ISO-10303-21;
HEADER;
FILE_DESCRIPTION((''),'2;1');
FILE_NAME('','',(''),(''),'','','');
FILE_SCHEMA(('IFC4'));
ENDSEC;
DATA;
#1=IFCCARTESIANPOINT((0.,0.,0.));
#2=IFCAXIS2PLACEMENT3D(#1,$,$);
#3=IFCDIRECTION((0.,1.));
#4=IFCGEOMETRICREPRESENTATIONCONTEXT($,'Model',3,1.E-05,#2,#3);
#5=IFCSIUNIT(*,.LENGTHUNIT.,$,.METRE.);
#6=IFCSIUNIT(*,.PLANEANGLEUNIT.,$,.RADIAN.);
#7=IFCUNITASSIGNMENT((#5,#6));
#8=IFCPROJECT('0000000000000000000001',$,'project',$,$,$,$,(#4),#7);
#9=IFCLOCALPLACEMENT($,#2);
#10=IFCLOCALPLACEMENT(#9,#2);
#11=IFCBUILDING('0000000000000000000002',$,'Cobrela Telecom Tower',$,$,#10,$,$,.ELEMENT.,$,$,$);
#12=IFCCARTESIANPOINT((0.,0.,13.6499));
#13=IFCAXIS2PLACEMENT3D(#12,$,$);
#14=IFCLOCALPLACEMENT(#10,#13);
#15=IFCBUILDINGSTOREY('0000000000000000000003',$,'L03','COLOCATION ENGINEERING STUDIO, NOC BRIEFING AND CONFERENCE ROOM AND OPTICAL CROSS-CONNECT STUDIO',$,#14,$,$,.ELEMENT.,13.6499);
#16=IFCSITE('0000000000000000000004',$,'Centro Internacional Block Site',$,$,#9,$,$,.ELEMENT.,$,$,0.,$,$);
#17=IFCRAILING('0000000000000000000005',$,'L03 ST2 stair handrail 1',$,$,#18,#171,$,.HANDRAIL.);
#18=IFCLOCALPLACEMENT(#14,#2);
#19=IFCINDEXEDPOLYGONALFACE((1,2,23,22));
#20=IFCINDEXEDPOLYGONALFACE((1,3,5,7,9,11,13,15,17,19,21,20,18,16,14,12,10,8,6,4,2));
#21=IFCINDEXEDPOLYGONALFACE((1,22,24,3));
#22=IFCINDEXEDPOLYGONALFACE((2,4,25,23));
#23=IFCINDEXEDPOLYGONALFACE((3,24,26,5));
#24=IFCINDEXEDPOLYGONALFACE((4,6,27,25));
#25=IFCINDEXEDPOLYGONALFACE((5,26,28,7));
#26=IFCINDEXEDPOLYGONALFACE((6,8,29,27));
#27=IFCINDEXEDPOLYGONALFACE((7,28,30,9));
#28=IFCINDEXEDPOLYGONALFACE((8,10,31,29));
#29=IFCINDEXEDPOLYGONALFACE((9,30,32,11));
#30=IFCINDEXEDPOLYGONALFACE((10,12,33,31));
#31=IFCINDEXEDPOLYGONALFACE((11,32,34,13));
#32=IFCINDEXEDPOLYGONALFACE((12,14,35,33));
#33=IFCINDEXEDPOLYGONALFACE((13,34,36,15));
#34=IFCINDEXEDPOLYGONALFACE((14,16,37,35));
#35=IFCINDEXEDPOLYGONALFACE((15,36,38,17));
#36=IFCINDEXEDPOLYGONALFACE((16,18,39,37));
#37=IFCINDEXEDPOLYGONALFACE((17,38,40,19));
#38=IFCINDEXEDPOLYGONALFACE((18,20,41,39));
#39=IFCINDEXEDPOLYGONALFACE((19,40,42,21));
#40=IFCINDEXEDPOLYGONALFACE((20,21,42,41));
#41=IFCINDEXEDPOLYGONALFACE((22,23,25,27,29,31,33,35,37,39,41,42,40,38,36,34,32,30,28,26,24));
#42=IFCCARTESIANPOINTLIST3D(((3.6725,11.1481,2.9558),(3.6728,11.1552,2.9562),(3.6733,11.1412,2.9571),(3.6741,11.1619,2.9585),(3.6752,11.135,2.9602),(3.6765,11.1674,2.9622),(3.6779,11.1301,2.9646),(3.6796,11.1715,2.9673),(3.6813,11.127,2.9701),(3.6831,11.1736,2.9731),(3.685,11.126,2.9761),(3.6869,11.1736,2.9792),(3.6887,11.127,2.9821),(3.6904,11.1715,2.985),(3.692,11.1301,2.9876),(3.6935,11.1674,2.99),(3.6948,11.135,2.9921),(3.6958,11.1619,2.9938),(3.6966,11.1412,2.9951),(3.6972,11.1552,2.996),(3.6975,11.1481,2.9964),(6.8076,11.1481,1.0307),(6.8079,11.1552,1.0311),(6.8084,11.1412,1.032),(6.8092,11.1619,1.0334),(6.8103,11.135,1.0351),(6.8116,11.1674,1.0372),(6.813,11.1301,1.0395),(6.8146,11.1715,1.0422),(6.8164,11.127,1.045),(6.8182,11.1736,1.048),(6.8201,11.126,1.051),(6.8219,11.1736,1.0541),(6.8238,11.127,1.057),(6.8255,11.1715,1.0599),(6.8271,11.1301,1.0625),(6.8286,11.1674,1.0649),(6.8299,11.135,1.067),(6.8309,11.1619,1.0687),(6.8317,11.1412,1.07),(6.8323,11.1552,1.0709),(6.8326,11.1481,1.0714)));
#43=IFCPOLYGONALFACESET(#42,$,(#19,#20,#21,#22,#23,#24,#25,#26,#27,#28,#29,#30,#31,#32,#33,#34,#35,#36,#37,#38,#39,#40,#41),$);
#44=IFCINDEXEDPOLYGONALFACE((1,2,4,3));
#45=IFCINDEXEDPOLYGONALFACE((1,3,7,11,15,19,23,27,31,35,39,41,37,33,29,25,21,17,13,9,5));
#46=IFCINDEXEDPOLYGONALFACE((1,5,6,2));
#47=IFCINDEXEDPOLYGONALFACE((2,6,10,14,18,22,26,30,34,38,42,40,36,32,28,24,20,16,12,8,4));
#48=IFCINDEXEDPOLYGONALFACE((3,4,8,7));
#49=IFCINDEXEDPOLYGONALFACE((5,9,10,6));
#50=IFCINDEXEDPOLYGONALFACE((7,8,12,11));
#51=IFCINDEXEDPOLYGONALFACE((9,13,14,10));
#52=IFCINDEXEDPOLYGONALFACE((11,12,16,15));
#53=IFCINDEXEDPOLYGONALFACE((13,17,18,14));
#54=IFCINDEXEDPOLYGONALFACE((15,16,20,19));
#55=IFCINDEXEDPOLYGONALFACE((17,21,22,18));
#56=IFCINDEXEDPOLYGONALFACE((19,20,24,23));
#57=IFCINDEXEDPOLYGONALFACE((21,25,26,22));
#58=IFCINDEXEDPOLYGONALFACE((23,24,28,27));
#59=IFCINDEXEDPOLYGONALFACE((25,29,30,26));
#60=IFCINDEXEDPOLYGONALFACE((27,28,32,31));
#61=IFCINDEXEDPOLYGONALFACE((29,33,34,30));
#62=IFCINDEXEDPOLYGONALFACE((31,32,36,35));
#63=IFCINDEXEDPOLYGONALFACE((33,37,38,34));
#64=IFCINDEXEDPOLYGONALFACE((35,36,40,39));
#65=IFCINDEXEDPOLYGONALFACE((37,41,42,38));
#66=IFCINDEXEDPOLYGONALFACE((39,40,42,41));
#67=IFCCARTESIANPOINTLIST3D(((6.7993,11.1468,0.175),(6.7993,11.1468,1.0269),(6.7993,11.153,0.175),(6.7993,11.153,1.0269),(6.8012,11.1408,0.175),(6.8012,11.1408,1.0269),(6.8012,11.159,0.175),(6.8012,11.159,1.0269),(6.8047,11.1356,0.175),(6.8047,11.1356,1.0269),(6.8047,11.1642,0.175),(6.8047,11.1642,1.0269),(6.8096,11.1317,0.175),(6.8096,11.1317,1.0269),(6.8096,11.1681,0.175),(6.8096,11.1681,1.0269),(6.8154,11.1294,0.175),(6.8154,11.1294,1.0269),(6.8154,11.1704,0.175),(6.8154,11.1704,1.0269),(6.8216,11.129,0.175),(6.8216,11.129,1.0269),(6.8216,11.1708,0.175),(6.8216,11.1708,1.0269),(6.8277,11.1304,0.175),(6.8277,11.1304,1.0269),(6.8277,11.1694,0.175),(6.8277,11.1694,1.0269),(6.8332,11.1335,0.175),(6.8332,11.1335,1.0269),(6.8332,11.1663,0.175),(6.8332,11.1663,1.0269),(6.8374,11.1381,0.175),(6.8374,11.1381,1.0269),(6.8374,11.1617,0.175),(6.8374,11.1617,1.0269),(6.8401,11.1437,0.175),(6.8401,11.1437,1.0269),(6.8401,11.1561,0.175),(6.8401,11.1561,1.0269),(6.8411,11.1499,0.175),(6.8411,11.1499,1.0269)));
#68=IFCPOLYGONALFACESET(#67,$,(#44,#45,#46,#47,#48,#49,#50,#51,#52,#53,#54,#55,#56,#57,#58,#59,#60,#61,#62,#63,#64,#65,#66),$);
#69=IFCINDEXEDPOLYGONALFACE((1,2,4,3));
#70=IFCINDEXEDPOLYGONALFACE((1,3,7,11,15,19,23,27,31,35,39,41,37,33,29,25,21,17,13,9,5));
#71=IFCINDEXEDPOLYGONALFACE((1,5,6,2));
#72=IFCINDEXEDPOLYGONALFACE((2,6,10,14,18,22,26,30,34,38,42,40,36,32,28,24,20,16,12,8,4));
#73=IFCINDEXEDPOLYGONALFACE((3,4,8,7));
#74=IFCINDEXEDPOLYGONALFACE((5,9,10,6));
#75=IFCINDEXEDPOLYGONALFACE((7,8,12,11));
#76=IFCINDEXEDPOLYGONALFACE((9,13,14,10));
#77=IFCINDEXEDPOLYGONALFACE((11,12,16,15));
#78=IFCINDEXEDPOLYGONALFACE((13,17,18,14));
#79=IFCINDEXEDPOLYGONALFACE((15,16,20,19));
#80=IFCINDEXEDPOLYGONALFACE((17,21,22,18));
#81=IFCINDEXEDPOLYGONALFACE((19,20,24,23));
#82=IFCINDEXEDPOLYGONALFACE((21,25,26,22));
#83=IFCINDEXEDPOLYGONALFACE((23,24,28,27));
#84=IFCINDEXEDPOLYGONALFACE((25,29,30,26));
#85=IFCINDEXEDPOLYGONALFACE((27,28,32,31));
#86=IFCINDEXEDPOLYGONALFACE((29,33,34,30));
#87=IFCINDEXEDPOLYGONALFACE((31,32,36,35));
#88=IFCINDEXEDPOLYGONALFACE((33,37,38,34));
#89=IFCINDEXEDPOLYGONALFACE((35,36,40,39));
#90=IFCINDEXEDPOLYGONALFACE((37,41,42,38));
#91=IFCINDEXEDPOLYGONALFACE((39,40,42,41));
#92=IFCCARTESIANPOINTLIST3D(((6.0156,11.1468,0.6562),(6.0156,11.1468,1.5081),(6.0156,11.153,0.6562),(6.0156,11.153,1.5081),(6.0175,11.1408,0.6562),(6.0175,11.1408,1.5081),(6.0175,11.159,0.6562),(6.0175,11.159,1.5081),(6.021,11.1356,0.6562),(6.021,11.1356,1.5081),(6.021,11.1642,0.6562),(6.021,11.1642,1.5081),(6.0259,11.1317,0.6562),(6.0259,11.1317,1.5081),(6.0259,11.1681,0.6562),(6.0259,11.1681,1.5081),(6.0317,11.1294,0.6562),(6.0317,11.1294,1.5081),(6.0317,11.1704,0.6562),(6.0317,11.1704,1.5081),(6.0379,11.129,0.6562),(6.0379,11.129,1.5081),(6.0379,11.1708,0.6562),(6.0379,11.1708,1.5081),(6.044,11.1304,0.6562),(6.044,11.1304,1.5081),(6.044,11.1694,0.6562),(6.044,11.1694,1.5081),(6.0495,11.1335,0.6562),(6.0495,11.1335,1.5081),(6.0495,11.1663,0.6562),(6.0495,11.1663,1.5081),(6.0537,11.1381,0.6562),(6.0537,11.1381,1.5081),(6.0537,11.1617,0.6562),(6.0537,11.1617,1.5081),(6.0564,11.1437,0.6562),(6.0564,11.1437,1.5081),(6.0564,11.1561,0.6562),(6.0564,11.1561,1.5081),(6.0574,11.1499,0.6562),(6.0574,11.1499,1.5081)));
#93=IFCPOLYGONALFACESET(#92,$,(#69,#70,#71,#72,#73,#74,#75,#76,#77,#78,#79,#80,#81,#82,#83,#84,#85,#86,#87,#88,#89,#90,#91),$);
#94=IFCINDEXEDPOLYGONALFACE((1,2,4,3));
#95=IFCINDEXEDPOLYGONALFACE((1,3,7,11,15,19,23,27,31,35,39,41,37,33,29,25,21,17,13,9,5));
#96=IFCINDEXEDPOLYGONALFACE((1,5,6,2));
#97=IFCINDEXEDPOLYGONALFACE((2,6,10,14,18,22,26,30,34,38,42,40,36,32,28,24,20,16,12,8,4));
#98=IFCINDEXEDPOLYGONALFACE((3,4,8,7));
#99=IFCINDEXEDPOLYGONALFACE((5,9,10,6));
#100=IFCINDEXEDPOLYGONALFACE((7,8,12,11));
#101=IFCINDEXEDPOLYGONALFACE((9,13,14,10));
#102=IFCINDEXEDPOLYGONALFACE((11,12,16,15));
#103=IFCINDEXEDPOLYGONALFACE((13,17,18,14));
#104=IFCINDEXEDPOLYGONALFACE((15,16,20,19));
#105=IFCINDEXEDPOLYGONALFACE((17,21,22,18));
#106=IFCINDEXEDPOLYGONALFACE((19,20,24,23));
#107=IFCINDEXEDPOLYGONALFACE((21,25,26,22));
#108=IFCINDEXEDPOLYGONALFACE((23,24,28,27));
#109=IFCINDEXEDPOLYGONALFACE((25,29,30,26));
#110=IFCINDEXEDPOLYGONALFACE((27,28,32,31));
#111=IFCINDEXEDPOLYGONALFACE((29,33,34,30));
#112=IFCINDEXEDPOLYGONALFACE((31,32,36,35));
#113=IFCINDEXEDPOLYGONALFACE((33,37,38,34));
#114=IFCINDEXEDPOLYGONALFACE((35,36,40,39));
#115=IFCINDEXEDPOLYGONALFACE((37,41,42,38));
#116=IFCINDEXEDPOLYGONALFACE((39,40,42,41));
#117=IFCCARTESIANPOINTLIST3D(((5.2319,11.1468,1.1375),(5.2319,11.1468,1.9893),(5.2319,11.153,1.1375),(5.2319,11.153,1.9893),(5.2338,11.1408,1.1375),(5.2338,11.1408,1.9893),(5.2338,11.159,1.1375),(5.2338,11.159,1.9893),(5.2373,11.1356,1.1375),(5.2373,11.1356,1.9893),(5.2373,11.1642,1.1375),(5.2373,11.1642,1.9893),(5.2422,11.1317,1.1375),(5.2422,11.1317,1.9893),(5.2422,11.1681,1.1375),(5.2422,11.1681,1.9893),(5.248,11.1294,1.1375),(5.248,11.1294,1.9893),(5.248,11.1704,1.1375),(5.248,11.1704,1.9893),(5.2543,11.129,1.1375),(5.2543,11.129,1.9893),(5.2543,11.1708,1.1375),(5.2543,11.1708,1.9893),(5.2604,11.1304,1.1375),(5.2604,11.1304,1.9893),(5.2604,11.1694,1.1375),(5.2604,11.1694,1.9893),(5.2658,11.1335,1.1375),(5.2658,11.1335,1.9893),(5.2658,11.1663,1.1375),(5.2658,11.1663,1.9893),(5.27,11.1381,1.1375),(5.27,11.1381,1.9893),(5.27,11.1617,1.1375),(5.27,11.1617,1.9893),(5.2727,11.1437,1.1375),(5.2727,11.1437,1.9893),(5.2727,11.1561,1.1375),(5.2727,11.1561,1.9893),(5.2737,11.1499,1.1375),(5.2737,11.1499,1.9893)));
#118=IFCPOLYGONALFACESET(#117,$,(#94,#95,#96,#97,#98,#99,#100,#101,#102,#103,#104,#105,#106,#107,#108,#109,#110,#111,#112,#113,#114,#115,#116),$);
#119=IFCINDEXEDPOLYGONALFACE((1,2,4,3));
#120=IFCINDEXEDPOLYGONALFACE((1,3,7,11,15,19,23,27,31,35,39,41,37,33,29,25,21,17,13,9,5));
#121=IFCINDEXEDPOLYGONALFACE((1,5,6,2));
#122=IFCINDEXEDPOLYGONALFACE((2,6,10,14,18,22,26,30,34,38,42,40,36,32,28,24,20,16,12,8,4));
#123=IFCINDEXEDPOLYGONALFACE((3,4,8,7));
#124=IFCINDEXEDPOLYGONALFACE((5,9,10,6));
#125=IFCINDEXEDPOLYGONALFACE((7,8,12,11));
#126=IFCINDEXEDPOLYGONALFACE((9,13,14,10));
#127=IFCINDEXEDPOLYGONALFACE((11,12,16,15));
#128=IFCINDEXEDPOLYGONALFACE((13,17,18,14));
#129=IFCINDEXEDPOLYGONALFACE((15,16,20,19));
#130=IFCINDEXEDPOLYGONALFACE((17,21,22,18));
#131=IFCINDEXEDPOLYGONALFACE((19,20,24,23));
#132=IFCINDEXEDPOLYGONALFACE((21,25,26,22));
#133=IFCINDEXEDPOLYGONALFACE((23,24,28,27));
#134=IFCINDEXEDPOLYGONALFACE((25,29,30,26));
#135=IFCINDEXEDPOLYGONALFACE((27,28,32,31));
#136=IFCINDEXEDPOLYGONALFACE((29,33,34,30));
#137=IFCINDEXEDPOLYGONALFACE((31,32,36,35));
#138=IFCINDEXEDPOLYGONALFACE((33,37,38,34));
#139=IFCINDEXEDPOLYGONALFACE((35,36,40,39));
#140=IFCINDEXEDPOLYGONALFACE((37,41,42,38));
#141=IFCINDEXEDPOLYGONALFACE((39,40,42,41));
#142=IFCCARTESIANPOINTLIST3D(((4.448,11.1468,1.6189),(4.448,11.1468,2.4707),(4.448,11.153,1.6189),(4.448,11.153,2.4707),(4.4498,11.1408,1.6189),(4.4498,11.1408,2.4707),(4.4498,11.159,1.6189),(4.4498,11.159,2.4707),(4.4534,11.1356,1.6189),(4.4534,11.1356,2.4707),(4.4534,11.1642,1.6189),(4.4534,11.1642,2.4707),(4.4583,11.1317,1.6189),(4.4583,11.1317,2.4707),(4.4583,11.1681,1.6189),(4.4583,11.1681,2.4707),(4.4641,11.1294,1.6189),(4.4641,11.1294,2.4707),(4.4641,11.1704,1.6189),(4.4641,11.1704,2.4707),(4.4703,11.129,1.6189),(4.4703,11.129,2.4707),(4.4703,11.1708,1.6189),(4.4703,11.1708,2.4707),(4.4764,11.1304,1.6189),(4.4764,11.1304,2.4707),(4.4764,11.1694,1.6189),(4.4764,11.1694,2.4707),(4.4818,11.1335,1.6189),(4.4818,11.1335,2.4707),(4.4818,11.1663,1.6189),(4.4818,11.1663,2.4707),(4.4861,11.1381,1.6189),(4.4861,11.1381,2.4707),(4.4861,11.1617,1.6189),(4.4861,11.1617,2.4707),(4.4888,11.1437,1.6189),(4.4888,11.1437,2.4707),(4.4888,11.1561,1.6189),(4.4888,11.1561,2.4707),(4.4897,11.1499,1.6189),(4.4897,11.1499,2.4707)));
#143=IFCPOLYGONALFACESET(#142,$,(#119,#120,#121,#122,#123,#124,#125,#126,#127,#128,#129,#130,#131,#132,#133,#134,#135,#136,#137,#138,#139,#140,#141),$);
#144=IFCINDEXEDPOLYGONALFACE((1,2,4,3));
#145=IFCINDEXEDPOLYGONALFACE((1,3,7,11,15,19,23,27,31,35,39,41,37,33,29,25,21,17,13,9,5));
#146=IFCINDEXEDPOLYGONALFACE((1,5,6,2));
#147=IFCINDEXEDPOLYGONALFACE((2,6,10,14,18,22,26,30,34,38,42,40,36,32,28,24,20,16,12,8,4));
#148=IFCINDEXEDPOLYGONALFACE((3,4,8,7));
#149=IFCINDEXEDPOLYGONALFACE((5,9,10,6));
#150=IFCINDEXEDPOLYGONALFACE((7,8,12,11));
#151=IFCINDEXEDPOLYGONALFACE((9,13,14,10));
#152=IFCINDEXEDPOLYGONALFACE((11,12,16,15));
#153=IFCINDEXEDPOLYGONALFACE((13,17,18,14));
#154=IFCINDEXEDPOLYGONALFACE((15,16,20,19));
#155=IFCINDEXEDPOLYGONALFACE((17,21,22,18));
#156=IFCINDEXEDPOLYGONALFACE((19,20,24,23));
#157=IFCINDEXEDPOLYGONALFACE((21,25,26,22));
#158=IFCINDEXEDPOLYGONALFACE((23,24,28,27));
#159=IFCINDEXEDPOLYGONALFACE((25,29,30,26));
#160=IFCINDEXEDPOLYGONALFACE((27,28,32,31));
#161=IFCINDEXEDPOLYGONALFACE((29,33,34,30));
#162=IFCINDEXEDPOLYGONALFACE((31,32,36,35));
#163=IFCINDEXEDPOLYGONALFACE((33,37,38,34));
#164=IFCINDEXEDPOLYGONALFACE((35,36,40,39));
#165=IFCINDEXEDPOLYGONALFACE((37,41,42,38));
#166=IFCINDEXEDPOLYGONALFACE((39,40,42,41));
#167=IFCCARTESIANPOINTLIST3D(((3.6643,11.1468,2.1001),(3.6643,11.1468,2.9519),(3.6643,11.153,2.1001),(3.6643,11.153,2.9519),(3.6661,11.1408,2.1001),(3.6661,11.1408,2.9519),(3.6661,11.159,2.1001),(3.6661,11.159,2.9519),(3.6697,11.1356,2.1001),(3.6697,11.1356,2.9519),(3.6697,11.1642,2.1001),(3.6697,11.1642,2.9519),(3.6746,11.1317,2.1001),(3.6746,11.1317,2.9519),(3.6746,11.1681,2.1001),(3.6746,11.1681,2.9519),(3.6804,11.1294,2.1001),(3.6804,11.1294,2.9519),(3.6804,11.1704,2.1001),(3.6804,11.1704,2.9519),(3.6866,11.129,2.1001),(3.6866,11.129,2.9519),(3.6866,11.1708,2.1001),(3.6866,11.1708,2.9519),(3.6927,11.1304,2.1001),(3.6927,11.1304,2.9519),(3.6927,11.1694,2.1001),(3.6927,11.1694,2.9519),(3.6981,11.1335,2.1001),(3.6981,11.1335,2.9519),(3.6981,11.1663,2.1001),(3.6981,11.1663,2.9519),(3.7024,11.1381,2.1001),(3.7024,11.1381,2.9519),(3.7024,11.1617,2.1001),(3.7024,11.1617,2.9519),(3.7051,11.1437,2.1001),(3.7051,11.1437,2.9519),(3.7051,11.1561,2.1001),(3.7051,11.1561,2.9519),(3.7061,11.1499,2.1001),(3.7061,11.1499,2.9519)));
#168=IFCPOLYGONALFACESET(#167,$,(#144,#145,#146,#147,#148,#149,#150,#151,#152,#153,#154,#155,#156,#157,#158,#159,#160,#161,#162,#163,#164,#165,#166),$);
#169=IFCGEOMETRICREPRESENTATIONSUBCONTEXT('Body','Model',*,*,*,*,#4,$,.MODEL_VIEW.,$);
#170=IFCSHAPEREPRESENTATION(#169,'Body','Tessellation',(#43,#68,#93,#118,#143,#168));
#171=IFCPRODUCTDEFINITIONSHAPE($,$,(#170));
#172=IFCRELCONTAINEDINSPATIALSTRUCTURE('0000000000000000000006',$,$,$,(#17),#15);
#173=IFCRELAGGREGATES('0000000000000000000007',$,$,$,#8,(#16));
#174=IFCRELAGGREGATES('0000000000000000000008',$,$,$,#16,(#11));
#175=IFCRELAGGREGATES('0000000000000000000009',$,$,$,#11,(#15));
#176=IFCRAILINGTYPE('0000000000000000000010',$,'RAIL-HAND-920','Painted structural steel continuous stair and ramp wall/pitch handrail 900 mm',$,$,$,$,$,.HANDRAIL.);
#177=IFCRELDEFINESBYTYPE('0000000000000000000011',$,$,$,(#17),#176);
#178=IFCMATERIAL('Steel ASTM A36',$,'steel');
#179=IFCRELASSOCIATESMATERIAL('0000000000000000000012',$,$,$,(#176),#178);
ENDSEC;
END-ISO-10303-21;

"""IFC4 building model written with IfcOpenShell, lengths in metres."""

from ifc_helpers import new_model, si_unit, direction, frame, origin, origin_2d, place, context, subcontext, project, spatial, circle, extrude, material, type_object, element, save


model = new_model("IFC4")

# Units and contexts
model_context = context("Model", 3, precision=1e-05, world=origin(), true_north=direction((0.0, 1.0)))
body_context = subcontext(model_context, "Body", "Model", "MODEL_VIEW")
ifc_project = project(units=[si_unit("LENGTHUNIT", "METRE"), si_unit("PLANEANGLEUNIT", "RADIAN")], contexts=[model_context])

# Site, building, storey
site_placement = place(None, origin())
site = spatial("IfcSite", under=ifc_project, at=site_placement, Name="Centro Internacional Block Site", CompositionType="ELEMENT", RefElevation=0.0)
building_placement = place(site_placement, origin())
building = spatial("IfcBuilding", under=site, at=building_placement, Name="Cobrela Telecom Tower", CompositionType="ELEMENT")
storey_placement = place(building_placement, frame((0.0, 0.0, 13.6499)))
storey = spatial("IfcBuildingStorey", under=building, at=storey_placement, Name="L03", Description="COLOCATION ENGINEERING STUDIO, NOC BRIEFING AND CONFERENCE ROOM AND OPTICAL CROSS-CONNECT STUDIO", CompositionType="ELEMENT", Elevation=13.6499)

# Railing
ifc_material_1 = material(Name="Steel ASTM A36", Category="steel")
railing_type_1 = type_object("IfcRailingType", Name="RAIL-HAND-920", Description="Painted structural steel continuous stair and ramp wall/pitch handrail 900 mm", PredefinedType="HANDRAIL", material=ifc_material_1)
railing_1_placement = place(storey_placement, frame((6.8201, 11.1499, 0.175)))
element("IfcRailing", 1, at=railing_1_placement, inside=storey, type_object=railing_type_1, Name="L03 ST2 stair handrail 1", PredefinedType="HANDRAIL", context=body_context, shape_type="SweptSolid", body=[
    extrude(circle(Radius=0.0239, at=origin_2d()), frame((0.0, 0.0, 0.876), z_axis=(-0.852166, 0.0, 0.523271), x_axis=(0.0, -1.0, 0.0)), (0.0, 0.0, 1.0), 3.679),
    extrude(circle(Radius=0.021, at=origin_2d()), origin(), (0.0, 0.0, 1.0), 0.8518),
    extrude(circle(Radius=0.021, at=origin_2d()), frame((-0.7837, 0.0, 0.4812)), (0.0, 0.0, 1.0), 0.8518),
    extrude(circle(Radius=0.021, at=origin_2d()), frame((-1.5674, 0.0, 0.9624)), (0.0, 0.0, 1.0), 0.8518),
    extrude(circle(Radius=0.021, at=origin_2d()), frame((-2.3513, 0.0, 1.4438)), (0.0, 0.0, 1.0), 0.8518),
    extrude(circle(Radius=0.021, at=origin_2d()), frame((-3.135, 0.0, 1.925)), (0.0, 0.0, 1.0), 0.8518),
])

save(model, "model.ifc")
